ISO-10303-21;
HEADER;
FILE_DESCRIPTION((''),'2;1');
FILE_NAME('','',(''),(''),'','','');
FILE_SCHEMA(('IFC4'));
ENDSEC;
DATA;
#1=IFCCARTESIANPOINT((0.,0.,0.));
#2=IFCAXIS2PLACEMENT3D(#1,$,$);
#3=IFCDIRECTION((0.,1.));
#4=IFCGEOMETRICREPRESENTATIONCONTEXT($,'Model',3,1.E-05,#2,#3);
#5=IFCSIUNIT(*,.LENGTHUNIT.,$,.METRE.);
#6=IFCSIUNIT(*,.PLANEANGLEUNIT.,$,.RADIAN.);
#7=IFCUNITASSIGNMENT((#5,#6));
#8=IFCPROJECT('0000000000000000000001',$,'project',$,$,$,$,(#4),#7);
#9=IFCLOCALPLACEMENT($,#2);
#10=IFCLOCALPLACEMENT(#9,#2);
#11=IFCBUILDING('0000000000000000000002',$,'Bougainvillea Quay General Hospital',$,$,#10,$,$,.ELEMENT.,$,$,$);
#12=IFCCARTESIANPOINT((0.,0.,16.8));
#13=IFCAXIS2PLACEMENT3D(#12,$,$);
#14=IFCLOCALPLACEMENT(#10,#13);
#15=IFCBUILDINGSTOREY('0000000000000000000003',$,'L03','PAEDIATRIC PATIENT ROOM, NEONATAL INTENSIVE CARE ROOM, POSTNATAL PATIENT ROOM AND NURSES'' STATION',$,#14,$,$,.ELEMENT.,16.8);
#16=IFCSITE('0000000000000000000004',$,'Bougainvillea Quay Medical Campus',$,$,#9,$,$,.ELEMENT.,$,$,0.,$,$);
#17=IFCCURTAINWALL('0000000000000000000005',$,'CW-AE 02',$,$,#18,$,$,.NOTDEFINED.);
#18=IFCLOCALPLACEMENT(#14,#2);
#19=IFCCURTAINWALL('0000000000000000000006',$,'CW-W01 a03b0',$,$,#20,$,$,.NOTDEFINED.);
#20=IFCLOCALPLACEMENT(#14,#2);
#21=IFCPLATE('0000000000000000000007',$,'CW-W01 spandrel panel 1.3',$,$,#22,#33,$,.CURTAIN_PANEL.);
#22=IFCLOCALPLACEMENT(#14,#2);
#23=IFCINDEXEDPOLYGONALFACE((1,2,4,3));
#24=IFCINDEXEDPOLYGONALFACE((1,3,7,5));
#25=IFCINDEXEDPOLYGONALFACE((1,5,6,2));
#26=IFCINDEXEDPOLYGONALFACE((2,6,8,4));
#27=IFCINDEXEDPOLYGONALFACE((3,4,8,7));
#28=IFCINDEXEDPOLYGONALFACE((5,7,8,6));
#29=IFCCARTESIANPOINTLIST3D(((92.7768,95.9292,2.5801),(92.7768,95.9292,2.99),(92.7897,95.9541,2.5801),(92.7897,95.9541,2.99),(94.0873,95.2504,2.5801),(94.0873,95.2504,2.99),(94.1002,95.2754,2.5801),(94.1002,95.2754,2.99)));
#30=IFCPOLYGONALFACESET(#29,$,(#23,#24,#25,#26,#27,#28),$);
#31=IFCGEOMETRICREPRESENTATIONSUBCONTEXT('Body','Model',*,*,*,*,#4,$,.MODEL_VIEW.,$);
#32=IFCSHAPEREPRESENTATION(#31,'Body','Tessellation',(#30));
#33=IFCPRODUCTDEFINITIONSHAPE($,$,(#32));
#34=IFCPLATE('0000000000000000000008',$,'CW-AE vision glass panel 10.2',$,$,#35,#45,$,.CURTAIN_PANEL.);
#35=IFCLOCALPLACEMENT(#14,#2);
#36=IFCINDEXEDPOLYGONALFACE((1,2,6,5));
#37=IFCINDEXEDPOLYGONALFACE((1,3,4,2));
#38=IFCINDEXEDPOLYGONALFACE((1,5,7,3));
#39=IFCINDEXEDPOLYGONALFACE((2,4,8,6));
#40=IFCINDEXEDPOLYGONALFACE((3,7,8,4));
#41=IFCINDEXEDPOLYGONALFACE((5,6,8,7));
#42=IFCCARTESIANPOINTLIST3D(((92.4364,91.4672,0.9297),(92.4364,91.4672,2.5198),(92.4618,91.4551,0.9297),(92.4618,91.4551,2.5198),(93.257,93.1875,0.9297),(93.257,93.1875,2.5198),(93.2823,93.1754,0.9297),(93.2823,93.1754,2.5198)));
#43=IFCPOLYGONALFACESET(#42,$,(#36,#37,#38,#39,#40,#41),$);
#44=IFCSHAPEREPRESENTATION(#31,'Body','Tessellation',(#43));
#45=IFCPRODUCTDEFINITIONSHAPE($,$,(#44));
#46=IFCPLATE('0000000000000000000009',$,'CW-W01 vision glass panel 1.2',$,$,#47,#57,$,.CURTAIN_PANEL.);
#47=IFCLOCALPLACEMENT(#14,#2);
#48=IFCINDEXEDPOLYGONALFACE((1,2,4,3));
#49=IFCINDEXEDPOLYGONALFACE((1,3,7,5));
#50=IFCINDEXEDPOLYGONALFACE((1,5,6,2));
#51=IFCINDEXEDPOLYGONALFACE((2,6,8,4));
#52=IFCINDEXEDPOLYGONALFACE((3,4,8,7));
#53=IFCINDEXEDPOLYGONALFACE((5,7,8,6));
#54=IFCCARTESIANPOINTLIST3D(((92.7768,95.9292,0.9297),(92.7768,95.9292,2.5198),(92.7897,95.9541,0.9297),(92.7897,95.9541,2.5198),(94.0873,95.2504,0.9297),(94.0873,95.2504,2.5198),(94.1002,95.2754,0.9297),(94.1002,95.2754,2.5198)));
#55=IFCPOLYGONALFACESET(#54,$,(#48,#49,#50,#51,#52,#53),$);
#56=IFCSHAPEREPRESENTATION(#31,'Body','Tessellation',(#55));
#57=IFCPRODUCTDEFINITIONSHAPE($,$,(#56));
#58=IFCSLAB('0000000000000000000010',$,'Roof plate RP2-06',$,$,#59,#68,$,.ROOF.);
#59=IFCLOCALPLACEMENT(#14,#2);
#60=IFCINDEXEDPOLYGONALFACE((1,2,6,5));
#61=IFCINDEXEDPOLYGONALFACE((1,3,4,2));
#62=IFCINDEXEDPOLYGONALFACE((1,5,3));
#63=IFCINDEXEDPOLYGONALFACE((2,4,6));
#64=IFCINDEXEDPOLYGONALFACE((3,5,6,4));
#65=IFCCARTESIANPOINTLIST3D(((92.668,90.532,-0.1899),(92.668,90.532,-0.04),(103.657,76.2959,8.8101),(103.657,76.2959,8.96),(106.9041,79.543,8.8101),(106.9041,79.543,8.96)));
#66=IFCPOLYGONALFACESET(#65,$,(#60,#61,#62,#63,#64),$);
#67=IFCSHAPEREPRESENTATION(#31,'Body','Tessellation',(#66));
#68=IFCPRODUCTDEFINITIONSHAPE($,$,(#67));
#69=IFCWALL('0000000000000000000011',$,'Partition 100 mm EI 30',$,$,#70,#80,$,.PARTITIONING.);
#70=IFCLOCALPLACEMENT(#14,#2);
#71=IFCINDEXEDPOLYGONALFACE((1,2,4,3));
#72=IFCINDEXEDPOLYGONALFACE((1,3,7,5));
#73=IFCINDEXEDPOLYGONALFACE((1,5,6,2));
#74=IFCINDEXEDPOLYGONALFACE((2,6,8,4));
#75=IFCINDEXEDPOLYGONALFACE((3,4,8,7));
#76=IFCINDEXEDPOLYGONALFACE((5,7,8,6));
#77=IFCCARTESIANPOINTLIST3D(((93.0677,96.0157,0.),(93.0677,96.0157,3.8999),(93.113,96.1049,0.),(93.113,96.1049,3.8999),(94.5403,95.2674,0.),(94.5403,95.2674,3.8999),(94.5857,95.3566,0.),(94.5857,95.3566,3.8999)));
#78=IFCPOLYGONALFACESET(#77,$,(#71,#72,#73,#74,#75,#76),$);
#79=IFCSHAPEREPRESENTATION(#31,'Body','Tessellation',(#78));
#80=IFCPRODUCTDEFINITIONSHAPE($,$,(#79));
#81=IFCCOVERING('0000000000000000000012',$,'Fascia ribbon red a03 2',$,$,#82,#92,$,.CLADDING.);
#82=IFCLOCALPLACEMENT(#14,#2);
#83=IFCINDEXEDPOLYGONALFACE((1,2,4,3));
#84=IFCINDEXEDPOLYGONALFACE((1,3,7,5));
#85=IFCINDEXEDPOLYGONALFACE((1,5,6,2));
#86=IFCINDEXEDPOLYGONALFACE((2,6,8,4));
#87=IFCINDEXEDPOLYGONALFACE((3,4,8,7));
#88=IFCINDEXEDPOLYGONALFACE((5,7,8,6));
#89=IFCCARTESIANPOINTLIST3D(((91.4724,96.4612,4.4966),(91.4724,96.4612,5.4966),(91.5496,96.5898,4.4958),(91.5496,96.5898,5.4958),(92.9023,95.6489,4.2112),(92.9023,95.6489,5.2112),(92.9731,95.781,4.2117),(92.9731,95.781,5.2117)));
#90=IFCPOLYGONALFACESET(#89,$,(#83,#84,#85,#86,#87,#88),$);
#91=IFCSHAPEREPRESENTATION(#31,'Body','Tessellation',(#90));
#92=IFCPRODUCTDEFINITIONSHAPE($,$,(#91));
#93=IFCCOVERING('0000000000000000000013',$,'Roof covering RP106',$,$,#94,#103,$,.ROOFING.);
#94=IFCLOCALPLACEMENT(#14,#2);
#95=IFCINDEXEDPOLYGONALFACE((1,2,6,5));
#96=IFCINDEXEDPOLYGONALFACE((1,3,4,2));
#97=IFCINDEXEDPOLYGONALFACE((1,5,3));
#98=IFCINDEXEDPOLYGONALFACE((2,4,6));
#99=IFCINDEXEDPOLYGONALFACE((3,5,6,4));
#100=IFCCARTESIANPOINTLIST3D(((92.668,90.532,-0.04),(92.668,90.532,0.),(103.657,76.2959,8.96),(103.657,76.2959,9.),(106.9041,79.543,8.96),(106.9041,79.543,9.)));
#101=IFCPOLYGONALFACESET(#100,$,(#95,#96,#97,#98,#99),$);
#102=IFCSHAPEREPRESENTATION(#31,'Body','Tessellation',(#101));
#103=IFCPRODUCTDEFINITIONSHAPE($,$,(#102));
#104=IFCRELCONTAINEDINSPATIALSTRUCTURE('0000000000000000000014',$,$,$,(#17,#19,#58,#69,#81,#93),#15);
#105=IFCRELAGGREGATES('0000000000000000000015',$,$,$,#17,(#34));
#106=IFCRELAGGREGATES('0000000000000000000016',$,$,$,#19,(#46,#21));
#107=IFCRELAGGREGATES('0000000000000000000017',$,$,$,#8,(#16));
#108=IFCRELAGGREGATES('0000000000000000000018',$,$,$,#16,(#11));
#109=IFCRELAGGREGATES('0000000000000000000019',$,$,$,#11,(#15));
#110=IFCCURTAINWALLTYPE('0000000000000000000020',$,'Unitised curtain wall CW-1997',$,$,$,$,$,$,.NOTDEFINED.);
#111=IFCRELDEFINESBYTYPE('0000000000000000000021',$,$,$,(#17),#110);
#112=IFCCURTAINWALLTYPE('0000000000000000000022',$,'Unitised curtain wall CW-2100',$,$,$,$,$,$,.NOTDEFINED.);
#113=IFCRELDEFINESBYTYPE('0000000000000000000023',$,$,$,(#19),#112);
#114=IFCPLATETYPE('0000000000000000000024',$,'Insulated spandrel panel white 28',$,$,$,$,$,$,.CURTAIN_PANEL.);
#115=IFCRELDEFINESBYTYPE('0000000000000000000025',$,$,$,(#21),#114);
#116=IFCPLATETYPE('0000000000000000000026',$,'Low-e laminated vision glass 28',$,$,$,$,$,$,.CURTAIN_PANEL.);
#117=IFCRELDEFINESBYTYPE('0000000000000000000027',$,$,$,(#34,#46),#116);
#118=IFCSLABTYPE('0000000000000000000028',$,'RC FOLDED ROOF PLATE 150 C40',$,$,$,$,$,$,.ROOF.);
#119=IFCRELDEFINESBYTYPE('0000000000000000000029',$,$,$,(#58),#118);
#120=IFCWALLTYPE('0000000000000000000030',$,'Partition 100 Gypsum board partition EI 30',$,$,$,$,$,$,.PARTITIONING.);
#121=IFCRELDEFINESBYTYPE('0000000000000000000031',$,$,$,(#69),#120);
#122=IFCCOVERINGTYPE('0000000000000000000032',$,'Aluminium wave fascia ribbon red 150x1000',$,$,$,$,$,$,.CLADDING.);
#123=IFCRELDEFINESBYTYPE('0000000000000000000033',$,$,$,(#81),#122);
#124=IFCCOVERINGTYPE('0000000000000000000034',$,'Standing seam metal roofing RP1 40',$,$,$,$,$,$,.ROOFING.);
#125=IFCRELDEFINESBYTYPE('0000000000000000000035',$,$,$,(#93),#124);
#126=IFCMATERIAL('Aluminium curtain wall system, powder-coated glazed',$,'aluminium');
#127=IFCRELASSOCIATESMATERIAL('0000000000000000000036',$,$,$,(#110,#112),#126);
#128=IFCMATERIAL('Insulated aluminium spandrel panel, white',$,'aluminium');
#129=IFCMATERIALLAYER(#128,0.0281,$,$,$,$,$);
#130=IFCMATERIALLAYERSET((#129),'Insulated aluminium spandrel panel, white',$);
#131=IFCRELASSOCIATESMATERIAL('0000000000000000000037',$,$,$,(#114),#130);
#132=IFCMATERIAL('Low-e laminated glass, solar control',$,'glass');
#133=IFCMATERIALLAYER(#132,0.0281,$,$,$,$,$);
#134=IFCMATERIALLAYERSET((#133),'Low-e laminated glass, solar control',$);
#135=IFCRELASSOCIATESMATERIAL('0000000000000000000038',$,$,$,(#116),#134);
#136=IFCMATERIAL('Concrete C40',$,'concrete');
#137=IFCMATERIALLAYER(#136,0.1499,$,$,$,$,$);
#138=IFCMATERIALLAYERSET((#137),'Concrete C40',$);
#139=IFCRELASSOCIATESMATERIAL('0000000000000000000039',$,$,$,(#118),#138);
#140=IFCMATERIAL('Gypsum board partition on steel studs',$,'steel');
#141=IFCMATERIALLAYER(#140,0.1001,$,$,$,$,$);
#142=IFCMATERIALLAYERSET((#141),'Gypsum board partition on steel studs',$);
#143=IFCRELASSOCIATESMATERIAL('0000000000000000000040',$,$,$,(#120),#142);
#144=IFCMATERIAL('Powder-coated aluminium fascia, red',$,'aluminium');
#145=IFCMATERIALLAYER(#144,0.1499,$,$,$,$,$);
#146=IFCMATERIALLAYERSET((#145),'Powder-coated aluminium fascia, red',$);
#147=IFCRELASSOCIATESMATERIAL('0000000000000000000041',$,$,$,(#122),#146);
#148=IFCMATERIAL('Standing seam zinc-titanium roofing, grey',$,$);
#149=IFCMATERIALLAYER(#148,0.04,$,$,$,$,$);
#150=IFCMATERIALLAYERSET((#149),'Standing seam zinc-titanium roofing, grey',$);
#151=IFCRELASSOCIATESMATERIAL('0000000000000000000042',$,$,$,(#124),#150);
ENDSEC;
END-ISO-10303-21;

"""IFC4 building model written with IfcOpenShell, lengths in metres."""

from ifc_helpers import new_model, si_unit, direction, frame, frame_2d, origin, origin_2d, place, context, subcontext, project, spatial, polyline, rectangle, outline, extrude, material, layer, layer_set, type_object, element, aggregate, save


model = new_model("IFC4")

# Units and contexts
model_context = context("Model", 3, precision=1e-05, world=origin(), true_north=direction((0.0, 1.0)))
body_context = subcontext(model_context, "Body", "Model", "MODEL_VIEW")
ifc_project = project(units=[si_unit("LENGTHUNIT", "METRE"), si_unit("PLANEANGLEUNIT", "RADIAN")], contexts=[model_context])

# Site, building, storey
site_placement = place(None, origin())
site = spatial("IfcSite", under=ifc_project, at=site_placement, Name="Bougainvillea Quay Medical Campus", CompositionType="ELEMENT", RefElevation=0.0)
building_placement = place(site_placement, origin())
building = spatial("IfcBuilding", under=site, at=building_placement, Name="Bougainvillea Quay General Hospital", CompositionType="ELEMENT")
storey_placement = place(building_placement, frame((0.0, 0.0, 16.8)))
storey = spatial("IfcBuildingStorey", under=building, at=storey_placement, Name="L03", Description="PAEDIATRIC PATIENT ROOM, NEONATAL INTENSIVE CARE ROOM, POSTNATAL PATIENT ROOM AND NURSES' STATION", CompositionType="ELEMENT", Elevation=16.8)

# Curtain walls
ifc_material_1 = material(Name="Aluminium curtain wall system, powder-coated glazed", Category="aluminium")
curtain_wall_type_1 = type_object("IfcCurtainWallType", Name="Unitised curtain wall CW-1997", PredefinedType="NOTDEFINED", material=ifc_material_1)
curtain_wall_1_placement = place(storey_placement, origin())
curtain_wall_1 = element("IfcCurtainWall", 1, at=curtain_wall_1_placement, inside=storey, type_object=curtain_wall_type_1, Name="CW-AE 02", PredefinedType="NOTDEFINED")
curtain_wall_type_2 = type_object("IfcCurtainWallType", Name="Unitised curtain wall CW-2100", PredefinedType="NOTDEFINED", material=ifc_material_1)
curtain_wall_2_placement = place(storey_placement, origin())
curtain_wall_2 = element("IfcCurtainWall", 2, at=curtain_wall_2_placement, inside=storey, type_object=curtain_wall_type_2, Name="CW-W01 a03b0", PredefinedType="NOTDEFINED")

# Plates
ifc_material_2 = material(Name="Insulated aluminium spandrel panel, white", Category="aluminium")
ifc_layer_1 = layer(ifc_material_2, 0.0281)
ifc_layer_set_1 = layer_set([ifc_layer_1], Name="Insulated aluminium spandrel panel, white")
plate_type_1 = type_object("IfcPlateType", Name="Insulated spandrel panel white 28", PredefinedType="CURTAIN_PANEL", material=ifc_layer_set_1)
plate_1_placement = place(storey_placement, frame((93.4385, 95.6023, 2.5801), z_axis=(0.0, 0.0, 1.0), x_axis=(-0.887958, 0.459924, 0.0)))
plate_1 = element("IfcPlate", 3, at=plate_1_placement, type_object=plate_type_1, Name="CW-W01 spandrel panel 1.3", PredefinedType="CURTAIN_PANEL", context=body_context, shape_type="SweptSolid", body=[
    extrude(rectangle(XDim=1.4758, YDim=0.0281, at=origin_2d()), origin(), (0.0, 0.0, 1.0), 0.4099),
])
ifc_material_3 = material(Name="Low-e laminated glass, solar control", Category="glass")
ifc_layer_2 = layer(ifc_material_3, 0.0281)
ifc_layer_set_2 = layer_set([ifc_layer_2], Name="Low-e laminated glass, solar control")
plate_type_2 = type_object("IfcPlateType", Name="Low-e laminated vision glass 28", PredefinedType="CURTAIN_PANEL", material=ifc_layer_set_2)
plate_2_placement = place(storey_placement, frame((92.8594, 92.3213, 0.9297), z_axis=(0.0, 0.0, 1.0), x_axis=(0.430525, 0.902578, 0.0)))
plate_2 = element("IfcPlate", 4, at=plate_2_placement, type_object=plate_type_2, Name="CW-AE vision glass panel 10.2", PredefinedType="CURTAIN_PANEL", context=body_context, shape_type="SweptSolid", body=[
    extrude(rectangle(XDim=1.906, YDim=0.0281, at=origin_2d()), origin(), (0.0, 0.0, 1.0), 1.5901),
])
aggregate(curtain_wall_1, [plate_2])
plate_3_placement = place(storey_placement, frame((93.4385, 95.6023, 0.9297), z_axis=(0.0, 0.0, 1.0), x_axis=(-0.887958, 0.459924, 0.0)))
plate_3 = element("IfcPlate", 5, at=plate_3_placement, type_object=plate_type_2, Name="CW-W01 vision glass panel 1.2", PredefinedType="CURTAIN_PANEL", context=body_context, shape_type="SweptSolid", body=[
    extrude(rectangle(XDim=1.4758, YDim=0.0281, at=origin_2d()), origin(), (0.0, 0.0, 1.0), 1.5901),
])
aggregate(curtain_wall_2, [plate_3, plate_1])

# Slab
ifc_material_4 = material(Name="Concrete C40", Category="concrete")
ifc_layer_3 = layer(ifc_material_4, 0.1499)
ifc_layer_set_3 = layer_set([ifc_layer_3], Name="Concrete C40")
slab_type = type_object("IfcSlabType", Name="RC FOLDED ROOF PLATE 150 C40", PredefinedType="ROOF", material=ifc_layer_set_3)
slab_placement = place(storey_placement, frame((92.668, 90.532, -0.04), z_axis=(-0.318536, 0.318536, 0.892788), x_axis=(0.7079, -0.546437, 0.447532)))
element("IfcSlab", 6, at=slab_placement, inside=storey, type_object=slab_type, Name="Roof plate RP2-06", PredefinedType="ROOF", context=body_context, shape_type="SweptSolid", body=[
    extrude(outline(polyline([(0.0, 0.0), (20.1103, 0.0), (19.586, -4.562), (0.0, 0.0)])), origin(), (-0.447532, 0.051432, -0.892788), 0.1499),
])

# Wall
ifc_material_5 = material(Name="Gypsum board partition on steel studs", Category="steel")
ifc_layer_4 = layer(ifc_material_5, 0.1001)
ifc_layer_set_4 = layer_set([ifc_layer_4], Name="Gypsum board partition on steel studs")
wall_type = type_object("IfcWallType", Name="Partition 100 Gypsum board partition EI 30", PredefinedType="PARTITIONING", material=ifc_layer_set_4)
wall_placement = place(storey_placement, frame((93.0903, 96.0603, 0.0), z_axis=(0.0, 0.0, 1.0), x_axis=(0.891512, -0.452998, 0.0)))
element("IfcWall", 7, at=wall_placement, inside=storey, type_object=wall_type, Name="Partition 100 mm EI 30", PredefinedType="PARTITIONING", context=body_context, shape_type="SweptSolid", body=[
    extrude(rectangle(XDim=1.6519, YDim=0.1001, at=frame_2d((0.8259, 0.0))), origin(), (0.0, 0.0, 1.0), 3.8999),
])

# Coverings
ifc_material_6 = material(Name="Powder-coated aluminium fascia, red", Category="aluminium")
ifc_layer_5 = layer(ifc_material_6, 0.1499)
ifc_layer_set_5 = layer_set([ifc_layer_5], Name="Powder-coated aluminium fascia, red")
covering_type_1 = type_object("IfcCoveringType", Name="Aluminium wave fascia ribbon red 150x1000", PredefinedType="CLADDING", material=ifc_layer_set_5)
covering_1_placement = place(storey_placement, frame((92.9731, 95.781, 4.2117), z_axis=(0.149121, -0.083691, 0.985271), x_axis=(-0.856655, 0.486726, 0.170999)))
element("IfcCovering", 8, at=covering_1_placement, inside=storey, type_object=covering_type_1, Name="Fascia ribbon red a03 2", PredefinedType="CLADDING", context=body_context, shape_type="SweptSolid", body=[
    extrude(outline(polyline([(0.0, 0.0), (1.6618, 0.0), (1.6654, 0.15), (-0.0037, 0.1498), (0.0, 0.0)])), origin(), (0.170999, 0.000887, 0.985271), 1.0),
])
ifc_material_7 = material(Name="Standing seam zinc-titanium roofing, grey")
ifc_layer_6 = layer(ifc_material_7, 0.04)
ifc_layer_set_6 = layer_set([ifc_layer_6], Name="Standing seam zinc-titanium roofing, grey")
covering_type_2 = type_object("IfcCoveringType", Name="Standing seam metal roofing RP1 40", PredefinedType="ROOFING", material=ifc_layer_set_6)
covering_2_placement = place(storey_placement, frame((92.668, 90.532, 0.0), z_axis=(-0.318536, 0.318536, 0.892788), x_axis=(0.7079, -0.546437, 0.447532)))
element("IfcCovering", 9, at=covering_2_placement, inside=storey, type_object=covering_type_2, Name="Roof covering RP106", PredefinedType="ROOFING", context=body_context, shape_type="SweptSolid", body=[
    extrude(outline(polyline([(0.0, 0.0), (20.1103, 0.0), (19.586, -4.562), (0.0, 0.0)])), origin(), (-0.447532, 0.051432, -0.892788), 0.04),
])

save(model, "model.ifc")
